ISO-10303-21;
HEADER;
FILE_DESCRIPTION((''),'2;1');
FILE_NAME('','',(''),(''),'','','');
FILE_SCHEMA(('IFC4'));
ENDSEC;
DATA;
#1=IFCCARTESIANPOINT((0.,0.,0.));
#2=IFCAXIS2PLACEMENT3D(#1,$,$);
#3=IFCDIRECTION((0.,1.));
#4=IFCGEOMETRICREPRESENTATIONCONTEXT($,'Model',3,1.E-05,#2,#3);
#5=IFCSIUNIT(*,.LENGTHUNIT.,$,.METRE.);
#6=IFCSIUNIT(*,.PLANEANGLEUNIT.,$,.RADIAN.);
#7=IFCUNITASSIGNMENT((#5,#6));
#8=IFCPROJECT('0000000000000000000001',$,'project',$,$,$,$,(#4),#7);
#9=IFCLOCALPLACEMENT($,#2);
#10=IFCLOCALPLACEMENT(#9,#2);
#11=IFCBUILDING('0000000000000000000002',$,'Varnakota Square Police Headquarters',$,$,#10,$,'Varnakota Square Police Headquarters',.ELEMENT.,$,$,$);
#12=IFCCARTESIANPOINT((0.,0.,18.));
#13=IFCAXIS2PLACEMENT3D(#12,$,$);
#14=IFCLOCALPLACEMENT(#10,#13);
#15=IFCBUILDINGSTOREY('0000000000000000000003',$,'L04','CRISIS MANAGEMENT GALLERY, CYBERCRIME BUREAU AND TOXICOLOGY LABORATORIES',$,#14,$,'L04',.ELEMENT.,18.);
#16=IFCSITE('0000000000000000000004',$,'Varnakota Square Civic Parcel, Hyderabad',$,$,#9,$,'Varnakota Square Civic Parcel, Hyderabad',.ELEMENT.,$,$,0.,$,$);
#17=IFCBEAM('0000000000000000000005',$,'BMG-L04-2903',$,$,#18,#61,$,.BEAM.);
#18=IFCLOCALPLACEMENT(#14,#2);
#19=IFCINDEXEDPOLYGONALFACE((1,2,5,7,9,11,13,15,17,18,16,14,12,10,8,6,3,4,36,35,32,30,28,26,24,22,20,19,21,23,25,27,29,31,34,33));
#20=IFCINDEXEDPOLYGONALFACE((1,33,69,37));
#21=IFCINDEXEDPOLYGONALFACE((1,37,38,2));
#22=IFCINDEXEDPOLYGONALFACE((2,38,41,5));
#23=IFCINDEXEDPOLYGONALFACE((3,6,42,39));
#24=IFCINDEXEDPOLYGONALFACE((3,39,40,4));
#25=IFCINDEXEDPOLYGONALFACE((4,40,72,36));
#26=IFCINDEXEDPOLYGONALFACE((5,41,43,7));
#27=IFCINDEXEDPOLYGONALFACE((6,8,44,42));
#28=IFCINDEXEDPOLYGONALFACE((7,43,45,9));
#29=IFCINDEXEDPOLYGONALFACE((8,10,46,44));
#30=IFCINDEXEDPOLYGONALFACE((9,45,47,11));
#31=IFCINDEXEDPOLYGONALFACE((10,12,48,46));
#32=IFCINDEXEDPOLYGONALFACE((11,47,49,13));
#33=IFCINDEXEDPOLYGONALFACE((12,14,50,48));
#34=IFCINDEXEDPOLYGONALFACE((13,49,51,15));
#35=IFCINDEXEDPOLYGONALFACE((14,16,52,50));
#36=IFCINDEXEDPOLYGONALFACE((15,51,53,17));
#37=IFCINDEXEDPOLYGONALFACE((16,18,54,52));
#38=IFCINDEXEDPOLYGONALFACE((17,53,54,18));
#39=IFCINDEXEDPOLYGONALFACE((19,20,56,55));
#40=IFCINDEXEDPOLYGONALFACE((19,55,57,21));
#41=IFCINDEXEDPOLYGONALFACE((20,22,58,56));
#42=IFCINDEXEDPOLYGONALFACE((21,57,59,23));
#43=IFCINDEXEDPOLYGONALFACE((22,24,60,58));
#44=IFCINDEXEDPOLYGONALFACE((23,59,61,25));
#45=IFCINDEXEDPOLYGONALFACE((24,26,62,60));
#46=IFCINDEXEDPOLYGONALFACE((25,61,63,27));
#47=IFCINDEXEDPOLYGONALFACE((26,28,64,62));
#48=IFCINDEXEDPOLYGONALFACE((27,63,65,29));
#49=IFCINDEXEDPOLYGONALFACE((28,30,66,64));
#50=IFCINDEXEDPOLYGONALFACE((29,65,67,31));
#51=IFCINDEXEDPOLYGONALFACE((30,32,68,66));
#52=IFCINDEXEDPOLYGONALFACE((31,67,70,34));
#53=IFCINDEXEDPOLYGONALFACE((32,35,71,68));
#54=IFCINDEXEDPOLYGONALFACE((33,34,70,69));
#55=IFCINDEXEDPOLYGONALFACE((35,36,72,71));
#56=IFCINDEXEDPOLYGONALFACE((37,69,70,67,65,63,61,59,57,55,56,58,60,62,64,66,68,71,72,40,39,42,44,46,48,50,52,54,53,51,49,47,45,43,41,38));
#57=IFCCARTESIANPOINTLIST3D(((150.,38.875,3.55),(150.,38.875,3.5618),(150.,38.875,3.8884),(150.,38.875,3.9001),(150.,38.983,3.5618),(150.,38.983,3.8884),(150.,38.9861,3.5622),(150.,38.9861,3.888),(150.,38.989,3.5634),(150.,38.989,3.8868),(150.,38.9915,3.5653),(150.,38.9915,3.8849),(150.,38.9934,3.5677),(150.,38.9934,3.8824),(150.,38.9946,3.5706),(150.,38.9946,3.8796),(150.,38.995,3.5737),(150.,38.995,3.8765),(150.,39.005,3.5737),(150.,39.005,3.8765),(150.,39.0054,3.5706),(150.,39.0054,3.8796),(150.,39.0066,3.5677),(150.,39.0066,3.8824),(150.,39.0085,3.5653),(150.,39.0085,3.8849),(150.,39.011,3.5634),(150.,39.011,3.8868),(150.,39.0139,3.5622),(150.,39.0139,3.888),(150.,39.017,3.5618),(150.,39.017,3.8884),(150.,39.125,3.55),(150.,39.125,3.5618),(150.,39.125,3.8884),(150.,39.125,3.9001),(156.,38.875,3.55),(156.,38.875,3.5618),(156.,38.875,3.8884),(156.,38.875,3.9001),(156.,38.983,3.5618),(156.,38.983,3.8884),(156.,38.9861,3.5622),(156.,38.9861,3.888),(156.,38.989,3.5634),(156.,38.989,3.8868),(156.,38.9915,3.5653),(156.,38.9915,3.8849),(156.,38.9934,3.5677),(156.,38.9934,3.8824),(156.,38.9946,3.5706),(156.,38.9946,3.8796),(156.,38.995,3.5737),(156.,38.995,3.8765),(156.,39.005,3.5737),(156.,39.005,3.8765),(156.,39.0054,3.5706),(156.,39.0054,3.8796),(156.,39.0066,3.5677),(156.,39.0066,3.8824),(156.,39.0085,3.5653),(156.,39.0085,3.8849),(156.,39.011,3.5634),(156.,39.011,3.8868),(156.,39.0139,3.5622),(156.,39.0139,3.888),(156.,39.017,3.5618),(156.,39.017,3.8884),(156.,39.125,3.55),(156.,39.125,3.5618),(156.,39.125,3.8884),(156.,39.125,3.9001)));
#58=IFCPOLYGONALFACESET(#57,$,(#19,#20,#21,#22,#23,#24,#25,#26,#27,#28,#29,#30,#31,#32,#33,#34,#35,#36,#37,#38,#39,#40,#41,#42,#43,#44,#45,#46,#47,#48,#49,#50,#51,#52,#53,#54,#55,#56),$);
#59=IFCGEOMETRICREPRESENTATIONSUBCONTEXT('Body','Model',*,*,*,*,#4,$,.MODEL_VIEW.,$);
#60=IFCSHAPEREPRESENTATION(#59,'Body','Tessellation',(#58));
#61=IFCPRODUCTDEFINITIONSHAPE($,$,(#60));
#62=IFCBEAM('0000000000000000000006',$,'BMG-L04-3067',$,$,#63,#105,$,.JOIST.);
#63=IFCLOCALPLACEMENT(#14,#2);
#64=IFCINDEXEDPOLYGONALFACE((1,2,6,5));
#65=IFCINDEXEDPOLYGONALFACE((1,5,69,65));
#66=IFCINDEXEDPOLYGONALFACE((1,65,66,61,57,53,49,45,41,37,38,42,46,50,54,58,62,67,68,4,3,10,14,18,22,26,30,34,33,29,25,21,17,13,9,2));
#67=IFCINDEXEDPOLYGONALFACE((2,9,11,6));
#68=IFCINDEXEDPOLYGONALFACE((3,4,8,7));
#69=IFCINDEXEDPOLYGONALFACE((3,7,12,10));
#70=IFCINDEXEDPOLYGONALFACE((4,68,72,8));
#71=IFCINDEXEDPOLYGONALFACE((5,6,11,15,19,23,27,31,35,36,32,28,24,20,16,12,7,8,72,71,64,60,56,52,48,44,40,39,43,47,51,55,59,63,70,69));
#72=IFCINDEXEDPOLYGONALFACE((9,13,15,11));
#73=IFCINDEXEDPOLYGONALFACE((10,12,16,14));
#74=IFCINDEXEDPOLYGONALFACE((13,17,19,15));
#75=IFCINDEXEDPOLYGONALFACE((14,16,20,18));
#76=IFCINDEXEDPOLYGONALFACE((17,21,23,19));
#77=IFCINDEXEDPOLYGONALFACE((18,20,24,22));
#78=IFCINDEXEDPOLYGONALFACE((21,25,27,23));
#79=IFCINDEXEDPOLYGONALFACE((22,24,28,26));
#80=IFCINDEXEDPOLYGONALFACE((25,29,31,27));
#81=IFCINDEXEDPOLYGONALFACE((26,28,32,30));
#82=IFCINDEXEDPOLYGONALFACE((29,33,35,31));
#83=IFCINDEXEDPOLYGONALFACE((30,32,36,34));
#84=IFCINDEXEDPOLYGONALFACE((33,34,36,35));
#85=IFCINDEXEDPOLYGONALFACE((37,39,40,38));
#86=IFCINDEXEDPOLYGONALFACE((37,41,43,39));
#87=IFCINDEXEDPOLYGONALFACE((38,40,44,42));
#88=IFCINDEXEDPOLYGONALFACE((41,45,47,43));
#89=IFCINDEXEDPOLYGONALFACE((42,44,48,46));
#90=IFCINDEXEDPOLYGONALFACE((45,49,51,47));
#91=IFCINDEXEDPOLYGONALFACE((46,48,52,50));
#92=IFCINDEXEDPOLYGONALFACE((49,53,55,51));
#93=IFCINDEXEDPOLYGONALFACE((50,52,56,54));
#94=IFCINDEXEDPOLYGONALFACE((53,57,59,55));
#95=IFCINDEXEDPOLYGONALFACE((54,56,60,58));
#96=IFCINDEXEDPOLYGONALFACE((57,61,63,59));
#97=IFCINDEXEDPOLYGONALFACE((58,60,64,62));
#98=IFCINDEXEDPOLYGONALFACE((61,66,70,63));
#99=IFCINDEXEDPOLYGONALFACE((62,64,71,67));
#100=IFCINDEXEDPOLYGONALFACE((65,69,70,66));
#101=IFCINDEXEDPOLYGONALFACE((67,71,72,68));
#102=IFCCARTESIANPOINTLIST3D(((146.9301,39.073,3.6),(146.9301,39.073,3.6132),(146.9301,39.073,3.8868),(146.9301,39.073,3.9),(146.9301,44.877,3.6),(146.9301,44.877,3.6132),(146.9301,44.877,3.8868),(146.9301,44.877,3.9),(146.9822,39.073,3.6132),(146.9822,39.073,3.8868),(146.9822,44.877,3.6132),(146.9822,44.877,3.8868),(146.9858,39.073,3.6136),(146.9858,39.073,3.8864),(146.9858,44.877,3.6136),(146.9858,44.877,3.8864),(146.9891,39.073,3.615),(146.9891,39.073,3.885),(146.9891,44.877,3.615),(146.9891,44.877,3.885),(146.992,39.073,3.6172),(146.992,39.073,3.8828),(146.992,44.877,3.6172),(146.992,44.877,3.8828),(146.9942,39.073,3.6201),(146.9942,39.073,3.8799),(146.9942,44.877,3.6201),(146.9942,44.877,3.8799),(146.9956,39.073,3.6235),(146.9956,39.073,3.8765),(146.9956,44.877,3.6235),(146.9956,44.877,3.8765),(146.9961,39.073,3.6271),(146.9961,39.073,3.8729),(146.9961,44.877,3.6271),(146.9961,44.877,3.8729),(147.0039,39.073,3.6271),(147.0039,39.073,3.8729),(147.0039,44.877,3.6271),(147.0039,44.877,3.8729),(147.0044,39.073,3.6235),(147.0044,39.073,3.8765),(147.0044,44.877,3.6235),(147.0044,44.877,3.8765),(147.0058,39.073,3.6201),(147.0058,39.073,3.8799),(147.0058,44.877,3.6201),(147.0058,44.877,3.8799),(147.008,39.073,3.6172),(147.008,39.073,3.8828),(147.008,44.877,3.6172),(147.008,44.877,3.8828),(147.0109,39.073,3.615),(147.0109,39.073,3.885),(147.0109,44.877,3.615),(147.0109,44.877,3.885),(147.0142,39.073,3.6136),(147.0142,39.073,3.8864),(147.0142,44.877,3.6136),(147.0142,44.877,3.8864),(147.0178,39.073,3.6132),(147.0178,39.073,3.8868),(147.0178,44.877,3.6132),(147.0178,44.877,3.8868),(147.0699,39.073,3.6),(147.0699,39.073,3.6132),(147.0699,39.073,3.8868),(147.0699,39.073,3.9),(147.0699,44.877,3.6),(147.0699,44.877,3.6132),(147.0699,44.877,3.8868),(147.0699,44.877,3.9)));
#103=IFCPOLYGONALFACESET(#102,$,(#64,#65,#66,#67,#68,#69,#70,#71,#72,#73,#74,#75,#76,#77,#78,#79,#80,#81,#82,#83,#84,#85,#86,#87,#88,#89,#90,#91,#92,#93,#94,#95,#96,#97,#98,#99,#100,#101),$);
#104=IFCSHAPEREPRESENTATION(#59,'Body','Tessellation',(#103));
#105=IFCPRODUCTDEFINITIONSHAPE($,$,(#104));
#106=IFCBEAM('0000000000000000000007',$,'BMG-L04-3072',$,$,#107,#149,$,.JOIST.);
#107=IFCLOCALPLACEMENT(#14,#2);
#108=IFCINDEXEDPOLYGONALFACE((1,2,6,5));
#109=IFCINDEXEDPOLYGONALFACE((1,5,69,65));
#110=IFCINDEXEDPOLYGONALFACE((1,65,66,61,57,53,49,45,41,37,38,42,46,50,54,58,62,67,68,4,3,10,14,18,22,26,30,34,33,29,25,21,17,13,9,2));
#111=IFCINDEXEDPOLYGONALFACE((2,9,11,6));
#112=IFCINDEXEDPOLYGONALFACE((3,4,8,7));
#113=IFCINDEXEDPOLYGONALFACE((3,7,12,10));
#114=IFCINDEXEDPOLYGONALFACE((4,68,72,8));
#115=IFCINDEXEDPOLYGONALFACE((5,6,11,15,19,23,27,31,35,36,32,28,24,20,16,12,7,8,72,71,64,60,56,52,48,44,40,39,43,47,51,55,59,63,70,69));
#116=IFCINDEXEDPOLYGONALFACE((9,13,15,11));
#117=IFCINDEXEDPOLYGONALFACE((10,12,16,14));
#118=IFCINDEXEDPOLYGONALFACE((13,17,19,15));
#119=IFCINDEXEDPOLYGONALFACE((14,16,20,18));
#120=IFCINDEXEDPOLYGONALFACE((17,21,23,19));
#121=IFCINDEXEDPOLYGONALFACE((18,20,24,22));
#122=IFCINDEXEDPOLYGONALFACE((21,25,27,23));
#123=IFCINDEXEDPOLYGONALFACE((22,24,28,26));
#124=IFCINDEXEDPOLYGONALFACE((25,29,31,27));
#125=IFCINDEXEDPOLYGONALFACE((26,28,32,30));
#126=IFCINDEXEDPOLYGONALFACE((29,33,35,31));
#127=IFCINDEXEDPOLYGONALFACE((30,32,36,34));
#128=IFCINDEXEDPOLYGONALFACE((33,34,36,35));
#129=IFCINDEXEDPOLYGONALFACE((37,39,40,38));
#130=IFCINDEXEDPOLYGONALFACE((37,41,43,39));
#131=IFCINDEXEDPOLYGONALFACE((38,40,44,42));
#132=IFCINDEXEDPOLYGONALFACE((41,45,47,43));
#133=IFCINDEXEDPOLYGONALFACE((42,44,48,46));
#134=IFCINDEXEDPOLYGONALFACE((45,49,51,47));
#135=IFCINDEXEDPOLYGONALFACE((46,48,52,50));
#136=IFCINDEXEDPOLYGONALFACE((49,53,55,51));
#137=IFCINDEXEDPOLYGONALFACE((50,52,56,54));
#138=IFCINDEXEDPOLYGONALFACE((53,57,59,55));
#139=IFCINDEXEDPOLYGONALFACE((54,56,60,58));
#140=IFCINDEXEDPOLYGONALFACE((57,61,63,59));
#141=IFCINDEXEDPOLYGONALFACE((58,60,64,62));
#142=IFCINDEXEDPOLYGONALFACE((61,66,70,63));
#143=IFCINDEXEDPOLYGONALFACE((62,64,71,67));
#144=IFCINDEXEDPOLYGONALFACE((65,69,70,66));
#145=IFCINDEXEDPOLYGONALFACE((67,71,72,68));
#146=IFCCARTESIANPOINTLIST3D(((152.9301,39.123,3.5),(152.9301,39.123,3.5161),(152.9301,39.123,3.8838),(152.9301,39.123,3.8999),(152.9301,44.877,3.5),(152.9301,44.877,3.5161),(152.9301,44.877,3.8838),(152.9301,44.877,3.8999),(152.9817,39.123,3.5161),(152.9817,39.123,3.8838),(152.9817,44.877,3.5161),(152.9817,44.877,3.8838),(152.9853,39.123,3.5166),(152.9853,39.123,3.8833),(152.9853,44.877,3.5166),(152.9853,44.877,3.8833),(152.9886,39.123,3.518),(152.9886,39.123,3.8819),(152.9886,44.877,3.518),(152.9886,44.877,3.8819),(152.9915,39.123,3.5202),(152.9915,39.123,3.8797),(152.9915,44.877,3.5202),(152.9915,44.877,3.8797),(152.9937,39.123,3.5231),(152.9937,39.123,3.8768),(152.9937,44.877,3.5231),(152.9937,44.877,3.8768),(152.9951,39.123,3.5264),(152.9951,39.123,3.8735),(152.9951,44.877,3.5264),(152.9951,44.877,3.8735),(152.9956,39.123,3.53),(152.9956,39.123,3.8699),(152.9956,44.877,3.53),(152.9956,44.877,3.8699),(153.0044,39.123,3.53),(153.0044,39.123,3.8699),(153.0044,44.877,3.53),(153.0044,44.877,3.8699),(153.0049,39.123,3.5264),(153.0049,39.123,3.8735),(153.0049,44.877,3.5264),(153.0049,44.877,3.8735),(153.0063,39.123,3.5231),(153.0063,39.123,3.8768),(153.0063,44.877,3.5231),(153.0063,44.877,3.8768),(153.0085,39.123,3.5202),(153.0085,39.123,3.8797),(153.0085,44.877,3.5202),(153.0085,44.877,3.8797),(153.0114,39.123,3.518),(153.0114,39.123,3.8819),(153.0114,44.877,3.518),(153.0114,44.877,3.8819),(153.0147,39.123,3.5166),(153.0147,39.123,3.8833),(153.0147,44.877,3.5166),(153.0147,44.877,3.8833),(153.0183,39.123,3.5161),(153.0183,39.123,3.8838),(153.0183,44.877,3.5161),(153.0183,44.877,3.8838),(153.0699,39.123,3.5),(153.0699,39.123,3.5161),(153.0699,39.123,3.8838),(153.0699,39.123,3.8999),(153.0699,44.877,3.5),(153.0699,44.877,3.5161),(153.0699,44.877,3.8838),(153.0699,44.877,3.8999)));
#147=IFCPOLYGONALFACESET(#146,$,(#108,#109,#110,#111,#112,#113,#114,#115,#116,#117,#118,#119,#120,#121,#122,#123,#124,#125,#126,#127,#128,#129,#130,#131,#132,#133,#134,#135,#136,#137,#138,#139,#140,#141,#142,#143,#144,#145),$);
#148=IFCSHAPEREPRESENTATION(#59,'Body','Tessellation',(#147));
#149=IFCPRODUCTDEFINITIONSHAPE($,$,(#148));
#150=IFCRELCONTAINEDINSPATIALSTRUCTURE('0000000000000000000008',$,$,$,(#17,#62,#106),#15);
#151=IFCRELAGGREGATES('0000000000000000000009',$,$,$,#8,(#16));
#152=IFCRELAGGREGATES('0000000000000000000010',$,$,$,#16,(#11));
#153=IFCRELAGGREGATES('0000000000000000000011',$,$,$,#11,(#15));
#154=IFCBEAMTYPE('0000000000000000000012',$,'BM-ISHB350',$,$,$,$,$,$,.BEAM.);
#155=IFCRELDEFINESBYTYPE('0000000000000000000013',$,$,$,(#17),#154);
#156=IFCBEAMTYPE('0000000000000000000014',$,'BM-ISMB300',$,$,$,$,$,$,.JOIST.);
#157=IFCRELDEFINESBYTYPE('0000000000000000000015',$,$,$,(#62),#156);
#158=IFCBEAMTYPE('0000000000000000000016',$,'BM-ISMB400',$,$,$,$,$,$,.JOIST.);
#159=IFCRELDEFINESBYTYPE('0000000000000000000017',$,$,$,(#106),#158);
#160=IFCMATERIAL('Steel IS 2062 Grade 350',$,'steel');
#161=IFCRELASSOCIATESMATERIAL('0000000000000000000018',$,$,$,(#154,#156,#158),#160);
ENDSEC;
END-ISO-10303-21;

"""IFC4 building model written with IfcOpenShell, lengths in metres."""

from ifc_helpers import new_model, si_unit, direction, frame, origin, origin_2d, place, context, subcontext, project, spatial, i_section, extrude, material, material_profile, profile_set, type_object, element, save


model = new_model("IFC4")

# Units and contexts
model_context = context("Model", 3, precision=1e-05, world=origin(), true_north=direction((0.0, 1.0)))
body_context = subcontext(model_context, "Body", "Model", "MODEL_VIEW")
ifc_project = project(units=[si_unit("LENGTHUNIT", "METRE"), si_unit("PLANEANGLEUNIT", "RADIAN")], contexts=[model_context])

# Site, building, storey
site_placement = place(None, origin())
site = spatial("IfcSite", under=ifc_project, at=site_placement, Name="Varnakota Square Civic Parcel, Hyderabad", LongName="Varnakota Square Civic Parcel, Hyderabad", CompositionType="ELEMENT", RefElevation=0.0)
building_placement = place(site_placement, origin())
building = spatial("IfcBuilding", under=site, at=building_placement, Name="Varnakota Square Police Headquarters", LongName="Varnakota Square Police Headquarters", CompositionType="ELEMENT")
storey_placement = place(building_placement, frame((0.0, 0.0, 18.0)))
storey = spatial("IfcBuildingStorey", under=building, at=storey_placement, Name="L04", Description="CRISIS MANAGEMENT GALLERY, CYBERCRIME BUREAU AND TOXICOLOGY LABORATORIES", LongName="L04", CompositionType="ELEMENT", Elevation=18.0)

# Shared definitions
ifc_material_1 = material(Name="Steel IS 2062 Grade 350", Category="steel")

# Beams
ifc_material_profile_1 = material_profile(ifc_material_1, i_section(OverallWidth=0.25, OverallDepth=0.3501, WebThickness=0.01, FlangeThickness=0.0117, FilletRadius=0.012, at=origin_2d()), Name="ISHB 350")
ifc_profile_set_1 = profile_set([ifc_material_profile_1], Name="Steel IS 2062 Grade 350")
beam_type_1 = type_object("IfcBeamType", Name="BM-ISHB350", PredefinedType="BEAM", material=ifc_profile_set_1)
beam_1_placement = place(storey_placement, frame((150.0, 39.0, 3.7251), z_axis=(1.0, 0.0, 0.0), x_axis=(0.0, 1.0, 0.0)))
element("IfcBeam", 1, at=beam_1_placement, inside=storey, type_object=beam_type_1, Name="BMG-L04-2903", PredefinedType="BEAM", context=body_context, shape_type="SweptSolid", body=[
    extrude(i_section(OverallWidth=0.25, OverallDepth=0.3501, WebThickness=0.01, FlangeThickness=0.0117, FilletRadius=0.012, at=origin_2d()), origin(), (0.0, 0.0, 1.0), 6.0),
])
ifc_material_profile_2 = material_profile(ifc_material_1, i_section(OverallWidth=0.1399, OverallDepth=0.3, WebThickness=0.0078, FlangeThickness=0.0132, FilletRadius=0.0139, at=origin_2d()), Name="ISMB 300")
ifc_profile_set_2 = profile_set([ifc_material_profile_2], Name="Steel IS 2062 Grade 350")
beam_type_2 = type_object("IfcBeamType", Name="BM-ISMB300", PredefinedType="JOIST", material=ifc_profile_set_2)
beam_2_placement = place(storey_placement, frame((147.0, 39.073, 3.75), z_axis=(0.0, 1.0, 0.0), x_axis=(-1.0, 0.0, 0.0)))
element("IfcBeam", 2, at=beam_2_placement, inside=storey, type_object=beam_type_2, Name="BMG-L04-3067", PredefinedType="JOIST", context=body_context, shape_type="SweptSolid", body=[
    extrude(i_section(OverallWidth=0.1399, OverallDepth=0.3, WebThickness=0.0078, FlangeThickness=0.0132, FilletRadius=0.0139, at=origin_2d()), origin(), (0.0, 0.0, 1.0), 5.804),
])
ifc_material_profile_3 = material_profile(ifc_material_1, i_section(OverallWidth=0.1399, OverallDepth=0.3999, WebThickness=0.0088, FlangeThickness=0.0161, FilletRadius=0.0139, at=origin_2d()), Name="ISMB 400")
ifc_profile_set_3 = profile_set([ifc_material_profile_3], Name="Steel IS 2062 Grade 350")
beam_type_3 = type_object("IfcBeamType", Name="BM-ISMB400", PredefinedType="JOIST", material=ifc_profile_set_3)
beam_3_placement = place(storey_placement, frame((153.0, 39.123, 3.7), z_axis=(0.0, 1.0, 0.0), x_axis=(-1.0, 0.0, 0.0)))
element("IfcBeam", 3, at=beam_3_placement, inside=storey, type_object=beam_type_3, Name="BMG-L04-3072", PredefinedType="JOIST", context=body_context, shape_type="SweptSolid", body=[
    extrude(i_section(OverallWidth=0.1399, OverallDepth=0.3999, WebThickness=0.0088, FlangeThickness=0.0161, FilletRadius=0.0139, at=origin_2d()), origin(), (0.0, 0.0, 1.0), 5.7539),
])

save(model, "model.ifc")
